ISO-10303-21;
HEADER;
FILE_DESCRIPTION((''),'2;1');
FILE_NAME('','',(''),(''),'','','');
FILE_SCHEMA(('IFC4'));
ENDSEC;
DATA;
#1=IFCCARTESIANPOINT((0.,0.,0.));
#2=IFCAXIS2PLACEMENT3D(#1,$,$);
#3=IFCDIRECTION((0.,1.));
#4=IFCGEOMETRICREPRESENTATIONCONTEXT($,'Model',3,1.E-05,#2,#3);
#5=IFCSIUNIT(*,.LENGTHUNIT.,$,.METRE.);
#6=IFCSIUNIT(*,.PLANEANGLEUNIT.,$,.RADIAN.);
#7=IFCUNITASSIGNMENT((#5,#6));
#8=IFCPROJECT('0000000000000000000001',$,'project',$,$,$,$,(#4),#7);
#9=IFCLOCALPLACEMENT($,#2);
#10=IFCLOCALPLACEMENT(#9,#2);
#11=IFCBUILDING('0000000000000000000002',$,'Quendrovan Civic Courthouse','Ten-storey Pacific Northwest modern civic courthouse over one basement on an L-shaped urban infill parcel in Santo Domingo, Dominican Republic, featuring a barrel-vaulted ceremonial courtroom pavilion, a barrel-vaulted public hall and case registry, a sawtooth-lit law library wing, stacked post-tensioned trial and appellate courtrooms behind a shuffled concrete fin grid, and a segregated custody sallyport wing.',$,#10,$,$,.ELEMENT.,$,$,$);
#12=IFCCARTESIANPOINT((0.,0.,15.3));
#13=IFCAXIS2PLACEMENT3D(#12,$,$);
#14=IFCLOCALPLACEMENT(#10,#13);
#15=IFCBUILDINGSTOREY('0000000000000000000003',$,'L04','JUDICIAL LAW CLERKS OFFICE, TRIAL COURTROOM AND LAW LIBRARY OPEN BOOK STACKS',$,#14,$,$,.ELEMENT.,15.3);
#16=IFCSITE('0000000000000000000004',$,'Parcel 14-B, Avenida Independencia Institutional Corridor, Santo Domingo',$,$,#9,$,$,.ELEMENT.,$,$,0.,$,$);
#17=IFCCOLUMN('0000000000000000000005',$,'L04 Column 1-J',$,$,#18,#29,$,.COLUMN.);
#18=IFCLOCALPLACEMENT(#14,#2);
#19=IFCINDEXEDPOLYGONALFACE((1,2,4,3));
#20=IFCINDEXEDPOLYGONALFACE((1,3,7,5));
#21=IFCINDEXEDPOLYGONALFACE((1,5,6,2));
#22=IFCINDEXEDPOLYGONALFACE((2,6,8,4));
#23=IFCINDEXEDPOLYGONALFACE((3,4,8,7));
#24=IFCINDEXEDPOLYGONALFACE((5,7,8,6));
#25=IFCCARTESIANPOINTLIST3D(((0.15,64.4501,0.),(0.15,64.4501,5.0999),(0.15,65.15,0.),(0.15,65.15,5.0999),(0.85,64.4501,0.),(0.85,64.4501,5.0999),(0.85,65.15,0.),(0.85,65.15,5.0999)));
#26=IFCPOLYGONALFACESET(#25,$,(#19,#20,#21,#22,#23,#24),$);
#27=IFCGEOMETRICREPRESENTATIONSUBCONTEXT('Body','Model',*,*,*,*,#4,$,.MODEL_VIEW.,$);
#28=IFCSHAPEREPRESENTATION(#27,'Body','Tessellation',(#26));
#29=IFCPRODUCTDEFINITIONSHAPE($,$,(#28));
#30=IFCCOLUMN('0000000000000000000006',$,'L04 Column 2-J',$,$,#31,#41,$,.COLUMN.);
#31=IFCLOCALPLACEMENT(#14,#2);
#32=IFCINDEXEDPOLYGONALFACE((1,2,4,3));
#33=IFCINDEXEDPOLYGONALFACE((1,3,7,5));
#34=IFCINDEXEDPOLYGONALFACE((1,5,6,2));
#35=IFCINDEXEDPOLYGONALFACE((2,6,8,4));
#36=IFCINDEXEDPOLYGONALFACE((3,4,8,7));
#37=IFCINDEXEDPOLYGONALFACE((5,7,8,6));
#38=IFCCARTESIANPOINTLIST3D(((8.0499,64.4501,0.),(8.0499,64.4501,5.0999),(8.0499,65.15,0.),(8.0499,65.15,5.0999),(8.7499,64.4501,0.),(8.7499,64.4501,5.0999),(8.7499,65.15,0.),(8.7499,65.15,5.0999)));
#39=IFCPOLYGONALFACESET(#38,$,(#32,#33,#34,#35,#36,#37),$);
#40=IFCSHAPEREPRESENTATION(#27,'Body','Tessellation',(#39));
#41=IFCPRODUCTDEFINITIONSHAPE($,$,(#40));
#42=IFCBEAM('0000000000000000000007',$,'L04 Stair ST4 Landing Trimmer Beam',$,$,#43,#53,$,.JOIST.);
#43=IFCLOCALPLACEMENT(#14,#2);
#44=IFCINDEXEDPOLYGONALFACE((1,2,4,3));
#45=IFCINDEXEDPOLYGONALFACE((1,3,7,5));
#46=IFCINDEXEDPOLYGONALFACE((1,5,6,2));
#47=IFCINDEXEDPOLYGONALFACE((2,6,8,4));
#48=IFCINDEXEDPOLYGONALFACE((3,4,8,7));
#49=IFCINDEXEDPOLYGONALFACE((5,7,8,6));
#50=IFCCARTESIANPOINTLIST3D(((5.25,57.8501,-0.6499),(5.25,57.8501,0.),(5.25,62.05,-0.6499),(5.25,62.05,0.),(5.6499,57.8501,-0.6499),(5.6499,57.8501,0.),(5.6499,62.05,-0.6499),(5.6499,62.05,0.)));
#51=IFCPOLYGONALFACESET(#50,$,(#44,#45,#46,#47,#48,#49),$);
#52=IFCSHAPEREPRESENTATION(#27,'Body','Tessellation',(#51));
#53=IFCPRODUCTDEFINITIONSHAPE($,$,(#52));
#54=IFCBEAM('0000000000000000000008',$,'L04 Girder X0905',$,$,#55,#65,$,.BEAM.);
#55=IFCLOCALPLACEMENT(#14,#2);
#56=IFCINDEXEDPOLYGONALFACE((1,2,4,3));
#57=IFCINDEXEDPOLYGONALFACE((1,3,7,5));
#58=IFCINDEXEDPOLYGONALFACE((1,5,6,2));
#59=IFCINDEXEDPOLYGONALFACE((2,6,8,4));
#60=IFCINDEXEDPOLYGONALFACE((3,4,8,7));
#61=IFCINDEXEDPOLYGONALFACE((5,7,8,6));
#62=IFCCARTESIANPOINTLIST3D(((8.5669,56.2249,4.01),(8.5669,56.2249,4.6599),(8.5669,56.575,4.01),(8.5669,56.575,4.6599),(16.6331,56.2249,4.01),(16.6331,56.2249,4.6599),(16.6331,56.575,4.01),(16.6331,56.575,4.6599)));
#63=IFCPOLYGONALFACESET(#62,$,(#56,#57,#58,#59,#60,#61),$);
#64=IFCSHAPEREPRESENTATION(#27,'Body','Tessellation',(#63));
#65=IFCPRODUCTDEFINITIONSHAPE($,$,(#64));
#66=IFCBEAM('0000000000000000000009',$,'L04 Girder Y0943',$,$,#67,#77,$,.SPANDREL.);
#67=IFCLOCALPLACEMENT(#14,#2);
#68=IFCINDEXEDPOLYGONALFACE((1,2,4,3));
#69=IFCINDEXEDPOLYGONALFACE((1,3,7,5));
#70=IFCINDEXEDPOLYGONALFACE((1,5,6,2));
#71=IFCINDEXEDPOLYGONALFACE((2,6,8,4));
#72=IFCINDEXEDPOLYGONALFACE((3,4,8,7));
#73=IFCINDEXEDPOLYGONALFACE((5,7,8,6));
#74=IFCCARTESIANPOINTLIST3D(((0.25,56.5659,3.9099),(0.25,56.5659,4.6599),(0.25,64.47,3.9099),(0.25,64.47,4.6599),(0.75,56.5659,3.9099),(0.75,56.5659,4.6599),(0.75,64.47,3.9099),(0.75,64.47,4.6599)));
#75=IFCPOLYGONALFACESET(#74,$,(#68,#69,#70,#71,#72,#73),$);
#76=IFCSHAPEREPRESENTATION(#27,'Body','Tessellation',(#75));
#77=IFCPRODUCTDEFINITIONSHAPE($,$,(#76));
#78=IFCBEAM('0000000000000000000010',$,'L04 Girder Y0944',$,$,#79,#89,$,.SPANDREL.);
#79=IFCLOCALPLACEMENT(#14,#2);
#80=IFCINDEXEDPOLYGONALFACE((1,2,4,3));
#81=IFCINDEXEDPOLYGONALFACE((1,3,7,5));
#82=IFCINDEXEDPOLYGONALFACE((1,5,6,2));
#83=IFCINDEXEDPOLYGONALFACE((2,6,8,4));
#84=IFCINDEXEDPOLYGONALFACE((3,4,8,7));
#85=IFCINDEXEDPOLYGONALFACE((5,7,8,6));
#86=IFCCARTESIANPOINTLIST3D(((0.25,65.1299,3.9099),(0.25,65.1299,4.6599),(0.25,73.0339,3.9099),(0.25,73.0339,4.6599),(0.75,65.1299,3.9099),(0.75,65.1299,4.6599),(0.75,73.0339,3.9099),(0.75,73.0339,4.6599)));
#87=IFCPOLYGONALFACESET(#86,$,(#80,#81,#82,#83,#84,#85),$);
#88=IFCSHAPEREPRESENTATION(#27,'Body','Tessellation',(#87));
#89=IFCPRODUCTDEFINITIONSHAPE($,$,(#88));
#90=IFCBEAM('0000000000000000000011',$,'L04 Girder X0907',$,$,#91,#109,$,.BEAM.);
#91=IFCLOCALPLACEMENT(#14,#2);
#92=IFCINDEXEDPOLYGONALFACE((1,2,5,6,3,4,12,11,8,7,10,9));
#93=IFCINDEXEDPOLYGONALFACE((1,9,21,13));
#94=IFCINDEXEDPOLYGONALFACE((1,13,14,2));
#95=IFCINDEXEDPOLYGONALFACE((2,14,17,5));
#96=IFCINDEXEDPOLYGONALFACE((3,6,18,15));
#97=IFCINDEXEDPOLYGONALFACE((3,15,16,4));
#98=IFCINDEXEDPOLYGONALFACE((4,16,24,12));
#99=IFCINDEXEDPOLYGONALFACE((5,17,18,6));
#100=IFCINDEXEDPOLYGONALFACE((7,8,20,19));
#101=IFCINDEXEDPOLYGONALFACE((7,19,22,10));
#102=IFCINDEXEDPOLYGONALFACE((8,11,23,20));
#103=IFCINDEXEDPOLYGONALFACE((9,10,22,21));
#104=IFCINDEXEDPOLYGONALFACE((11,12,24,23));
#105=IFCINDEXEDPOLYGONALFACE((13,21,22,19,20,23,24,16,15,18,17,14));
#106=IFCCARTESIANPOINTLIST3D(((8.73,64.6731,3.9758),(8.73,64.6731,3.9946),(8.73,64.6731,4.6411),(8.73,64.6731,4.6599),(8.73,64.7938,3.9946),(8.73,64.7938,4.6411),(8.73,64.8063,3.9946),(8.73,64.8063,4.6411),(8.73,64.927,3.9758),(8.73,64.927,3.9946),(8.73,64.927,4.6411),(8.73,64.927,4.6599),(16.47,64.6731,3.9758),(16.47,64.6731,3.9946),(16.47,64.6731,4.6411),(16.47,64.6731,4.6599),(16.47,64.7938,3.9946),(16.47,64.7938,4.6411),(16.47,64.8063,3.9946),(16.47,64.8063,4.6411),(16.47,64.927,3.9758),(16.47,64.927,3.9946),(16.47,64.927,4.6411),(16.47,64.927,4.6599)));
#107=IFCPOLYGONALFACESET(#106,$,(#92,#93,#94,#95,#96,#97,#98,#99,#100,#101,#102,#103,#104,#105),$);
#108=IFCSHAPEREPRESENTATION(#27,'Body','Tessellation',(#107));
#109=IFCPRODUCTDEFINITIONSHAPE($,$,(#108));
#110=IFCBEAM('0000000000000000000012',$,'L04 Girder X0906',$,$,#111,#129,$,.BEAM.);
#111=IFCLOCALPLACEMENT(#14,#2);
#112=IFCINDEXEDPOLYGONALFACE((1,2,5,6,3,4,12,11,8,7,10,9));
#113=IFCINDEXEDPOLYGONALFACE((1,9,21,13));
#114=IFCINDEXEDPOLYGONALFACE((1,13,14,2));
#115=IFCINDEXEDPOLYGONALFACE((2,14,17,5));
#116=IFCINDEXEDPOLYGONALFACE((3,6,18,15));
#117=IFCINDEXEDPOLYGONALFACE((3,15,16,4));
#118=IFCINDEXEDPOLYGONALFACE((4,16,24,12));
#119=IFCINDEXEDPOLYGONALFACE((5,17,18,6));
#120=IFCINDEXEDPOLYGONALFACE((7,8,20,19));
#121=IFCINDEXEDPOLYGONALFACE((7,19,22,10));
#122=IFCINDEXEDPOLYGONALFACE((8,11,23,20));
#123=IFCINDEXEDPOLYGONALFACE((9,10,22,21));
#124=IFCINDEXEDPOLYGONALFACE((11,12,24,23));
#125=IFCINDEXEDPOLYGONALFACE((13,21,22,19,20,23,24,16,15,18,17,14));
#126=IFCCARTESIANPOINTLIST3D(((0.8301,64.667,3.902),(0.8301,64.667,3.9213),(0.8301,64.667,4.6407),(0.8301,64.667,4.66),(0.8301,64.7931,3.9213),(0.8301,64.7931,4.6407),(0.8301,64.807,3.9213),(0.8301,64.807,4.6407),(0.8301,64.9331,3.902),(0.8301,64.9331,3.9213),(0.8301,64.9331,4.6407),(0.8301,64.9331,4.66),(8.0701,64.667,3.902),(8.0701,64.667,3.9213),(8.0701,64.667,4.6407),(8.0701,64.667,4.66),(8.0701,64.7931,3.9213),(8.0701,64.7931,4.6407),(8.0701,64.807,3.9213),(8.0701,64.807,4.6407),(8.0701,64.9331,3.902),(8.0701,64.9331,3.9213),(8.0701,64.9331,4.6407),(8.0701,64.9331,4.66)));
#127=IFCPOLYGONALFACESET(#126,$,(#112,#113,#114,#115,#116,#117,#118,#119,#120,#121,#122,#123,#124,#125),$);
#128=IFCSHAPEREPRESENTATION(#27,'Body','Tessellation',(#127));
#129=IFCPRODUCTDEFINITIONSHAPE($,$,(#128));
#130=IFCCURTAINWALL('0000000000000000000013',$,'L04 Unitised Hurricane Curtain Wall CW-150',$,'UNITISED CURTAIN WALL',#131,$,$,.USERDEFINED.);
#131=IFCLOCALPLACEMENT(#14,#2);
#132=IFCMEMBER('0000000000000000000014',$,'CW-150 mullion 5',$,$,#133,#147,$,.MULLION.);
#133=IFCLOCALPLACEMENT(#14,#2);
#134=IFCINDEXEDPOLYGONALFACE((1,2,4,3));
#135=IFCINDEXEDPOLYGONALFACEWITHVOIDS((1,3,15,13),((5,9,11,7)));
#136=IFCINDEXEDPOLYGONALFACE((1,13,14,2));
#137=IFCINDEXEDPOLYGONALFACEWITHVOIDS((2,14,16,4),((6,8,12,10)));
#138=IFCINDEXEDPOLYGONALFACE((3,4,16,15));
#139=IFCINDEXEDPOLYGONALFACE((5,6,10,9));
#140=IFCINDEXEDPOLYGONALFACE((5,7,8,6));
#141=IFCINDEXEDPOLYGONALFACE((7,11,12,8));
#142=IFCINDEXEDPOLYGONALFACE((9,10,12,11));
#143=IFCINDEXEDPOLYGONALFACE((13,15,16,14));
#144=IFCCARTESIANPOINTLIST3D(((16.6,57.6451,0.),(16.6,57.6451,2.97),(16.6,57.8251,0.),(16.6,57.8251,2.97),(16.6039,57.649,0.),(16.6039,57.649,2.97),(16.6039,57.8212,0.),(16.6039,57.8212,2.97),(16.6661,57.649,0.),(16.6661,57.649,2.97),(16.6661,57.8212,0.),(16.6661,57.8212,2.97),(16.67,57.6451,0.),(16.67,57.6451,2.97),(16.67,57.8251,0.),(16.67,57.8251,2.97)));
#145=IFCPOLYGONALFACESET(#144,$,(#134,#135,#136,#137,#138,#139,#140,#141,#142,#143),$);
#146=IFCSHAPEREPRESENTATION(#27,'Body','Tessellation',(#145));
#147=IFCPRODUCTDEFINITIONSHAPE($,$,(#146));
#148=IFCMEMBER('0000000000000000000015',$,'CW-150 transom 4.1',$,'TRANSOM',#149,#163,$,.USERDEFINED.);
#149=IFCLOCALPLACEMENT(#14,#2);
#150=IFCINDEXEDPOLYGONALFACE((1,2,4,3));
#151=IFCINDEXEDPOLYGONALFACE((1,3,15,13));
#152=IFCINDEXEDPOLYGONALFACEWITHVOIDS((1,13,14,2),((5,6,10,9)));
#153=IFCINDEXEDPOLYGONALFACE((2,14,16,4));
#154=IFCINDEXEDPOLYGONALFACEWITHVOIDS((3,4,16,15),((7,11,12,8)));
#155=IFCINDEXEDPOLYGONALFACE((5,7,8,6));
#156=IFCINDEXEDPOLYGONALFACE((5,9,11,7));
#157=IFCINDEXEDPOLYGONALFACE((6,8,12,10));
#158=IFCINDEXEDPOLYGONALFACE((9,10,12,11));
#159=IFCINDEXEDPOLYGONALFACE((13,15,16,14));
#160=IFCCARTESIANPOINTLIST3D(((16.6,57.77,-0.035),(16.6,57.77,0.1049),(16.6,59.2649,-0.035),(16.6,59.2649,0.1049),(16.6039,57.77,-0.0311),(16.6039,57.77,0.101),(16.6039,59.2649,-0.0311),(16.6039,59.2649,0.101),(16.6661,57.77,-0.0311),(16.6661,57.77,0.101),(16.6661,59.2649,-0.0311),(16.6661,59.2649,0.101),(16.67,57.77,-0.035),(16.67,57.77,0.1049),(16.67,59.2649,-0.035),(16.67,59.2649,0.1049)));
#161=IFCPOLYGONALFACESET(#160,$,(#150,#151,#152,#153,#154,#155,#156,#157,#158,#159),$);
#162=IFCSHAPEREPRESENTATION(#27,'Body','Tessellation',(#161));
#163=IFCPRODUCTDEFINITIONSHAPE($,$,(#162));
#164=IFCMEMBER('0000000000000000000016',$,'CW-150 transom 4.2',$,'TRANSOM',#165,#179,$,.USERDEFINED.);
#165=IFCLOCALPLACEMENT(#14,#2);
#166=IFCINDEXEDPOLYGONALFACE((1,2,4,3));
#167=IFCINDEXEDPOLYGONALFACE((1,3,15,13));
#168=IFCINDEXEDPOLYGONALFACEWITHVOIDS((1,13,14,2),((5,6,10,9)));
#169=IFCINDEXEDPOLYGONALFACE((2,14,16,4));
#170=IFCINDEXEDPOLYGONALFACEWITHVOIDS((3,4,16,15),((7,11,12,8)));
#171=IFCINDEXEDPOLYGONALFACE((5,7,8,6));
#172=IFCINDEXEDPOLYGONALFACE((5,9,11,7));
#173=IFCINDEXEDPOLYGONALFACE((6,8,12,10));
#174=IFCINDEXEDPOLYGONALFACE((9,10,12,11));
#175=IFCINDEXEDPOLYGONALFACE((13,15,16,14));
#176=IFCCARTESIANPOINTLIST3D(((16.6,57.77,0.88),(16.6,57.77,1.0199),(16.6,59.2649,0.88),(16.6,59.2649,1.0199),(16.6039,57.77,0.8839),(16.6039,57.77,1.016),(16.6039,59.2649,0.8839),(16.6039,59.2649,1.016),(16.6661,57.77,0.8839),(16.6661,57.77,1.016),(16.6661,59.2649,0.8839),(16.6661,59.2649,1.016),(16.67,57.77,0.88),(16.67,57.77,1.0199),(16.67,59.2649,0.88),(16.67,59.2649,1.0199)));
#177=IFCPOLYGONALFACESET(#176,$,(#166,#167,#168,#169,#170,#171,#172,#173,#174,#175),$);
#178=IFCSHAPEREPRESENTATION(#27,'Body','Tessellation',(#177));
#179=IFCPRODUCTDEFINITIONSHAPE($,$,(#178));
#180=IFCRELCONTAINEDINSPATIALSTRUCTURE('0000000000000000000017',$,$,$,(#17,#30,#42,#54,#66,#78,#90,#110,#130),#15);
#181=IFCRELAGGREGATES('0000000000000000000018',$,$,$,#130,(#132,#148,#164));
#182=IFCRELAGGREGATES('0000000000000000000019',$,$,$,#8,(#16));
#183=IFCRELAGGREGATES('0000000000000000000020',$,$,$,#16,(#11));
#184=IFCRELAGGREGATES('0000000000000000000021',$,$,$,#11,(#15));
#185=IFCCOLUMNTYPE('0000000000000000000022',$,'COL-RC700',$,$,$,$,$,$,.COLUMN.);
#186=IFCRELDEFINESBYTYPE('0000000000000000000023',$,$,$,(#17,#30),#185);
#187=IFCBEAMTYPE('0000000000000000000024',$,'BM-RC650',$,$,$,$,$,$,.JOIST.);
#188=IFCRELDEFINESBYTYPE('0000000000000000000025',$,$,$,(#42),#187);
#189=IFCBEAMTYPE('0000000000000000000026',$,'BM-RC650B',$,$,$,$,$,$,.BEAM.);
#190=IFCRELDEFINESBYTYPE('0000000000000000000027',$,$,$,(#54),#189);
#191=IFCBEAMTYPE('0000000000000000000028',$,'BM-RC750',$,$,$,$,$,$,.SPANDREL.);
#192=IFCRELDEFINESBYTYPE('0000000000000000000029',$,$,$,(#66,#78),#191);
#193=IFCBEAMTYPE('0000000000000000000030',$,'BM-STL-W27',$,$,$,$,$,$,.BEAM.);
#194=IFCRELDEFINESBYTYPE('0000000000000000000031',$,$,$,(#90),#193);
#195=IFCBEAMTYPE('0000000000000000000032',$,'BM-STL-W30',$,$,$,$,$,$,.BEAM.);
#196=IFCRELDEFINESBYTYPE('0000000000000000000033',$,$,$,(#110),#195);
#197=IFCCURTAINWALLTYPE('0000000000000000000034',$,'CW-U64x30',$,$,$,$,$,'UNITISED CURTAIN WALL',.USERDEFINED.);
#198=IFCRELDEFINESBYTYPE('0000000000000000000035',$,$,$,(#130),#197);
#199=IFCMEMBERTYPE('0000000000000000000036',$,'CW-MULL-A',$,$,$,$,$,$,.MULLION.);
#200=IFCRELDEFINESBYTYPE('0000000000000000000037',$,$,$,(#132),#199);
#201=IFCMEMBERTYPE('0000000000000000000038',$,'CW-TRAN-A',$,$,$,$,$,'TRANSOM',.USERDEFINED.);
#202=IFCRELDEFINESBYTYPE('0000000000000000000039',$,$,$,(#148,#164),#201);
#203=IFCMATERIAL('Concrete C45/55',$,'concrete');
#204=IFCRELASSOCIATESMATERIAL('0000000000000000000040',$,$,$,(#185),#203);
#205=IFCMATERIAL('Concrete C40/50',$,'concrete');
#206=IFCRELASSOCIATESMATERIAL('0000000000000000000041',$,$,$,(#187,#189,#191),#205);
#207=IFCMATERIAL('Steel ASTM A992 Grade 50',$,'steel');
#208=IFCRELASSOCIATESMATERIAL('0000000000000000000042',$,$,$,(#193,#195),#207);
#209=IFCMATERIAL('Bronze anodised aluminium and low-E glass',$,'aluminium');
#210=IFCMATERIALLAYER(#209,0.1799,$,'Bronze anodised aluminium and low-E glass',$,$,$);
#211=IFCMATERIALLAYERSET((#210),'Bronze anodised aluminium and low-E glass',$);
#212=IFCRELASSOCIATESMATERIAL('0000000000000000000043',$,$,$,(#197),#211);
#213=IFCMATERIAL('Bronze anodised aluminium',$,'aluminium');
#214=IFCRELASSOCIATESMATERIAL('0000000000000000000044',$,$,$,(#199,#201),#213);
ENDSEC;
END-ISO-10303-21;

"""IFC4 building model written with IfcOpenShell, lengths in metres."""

from ifc_helpers import new_model, si_unit, direction, frame, origin, origin_2d, place, context, subcontext, project, spatial, rectangle, hollow_rectangle, i_section, extrude, material, layer, layer_set, material_profile, profile_set, type_object, element, aggregate, save


model = new_model("IFC4")

# Units and contexts
model_context = context("Model", 3, precision=1e-05, world=origin(), true_north=direction((0.0, 1.0)))
body_context = subcontext(model_context, "Body", "Model", "MODEL_VIEW")
ifc_project = project(units=[si_unit("LENGTHUNIT", "METRE"), si_unit("PLANEANGLEUNIT", "RADIAN")], contexts=[model_context])

# Site, building, storey
site_placement = place(None, origin())
site = spatial("IfcSite", under=ifc_project, at=site_placement, Name="Parcel 14-B, Avenida Independencia Institutional Corridor, Santo Domingo", CompositionType="ELEMENT", RefElevation=0.0)
building_placement = place(site_placement, origin())
building = spatial("IfcBuilding", under=site, at=building_placement, Name="Quendrovan Civic Courthouse", Description="Ten-storey Pacific Northwest modern civic courthouse over one basement on an L-shaped urban infill parcel in Santo Domingo, Dominican Republic, featuring a barrel-vaulted ceremonial courtroom pavilion, a barrel-vaulted public hall and case registry, a sawtooth-lit law library wing, stacked post-tensioned trial and appellate courtrooms behind a shuffled concrete fin grid, and a segregated custody sallyport wing.", CompositionType="ELEMENT")
storey_placement = place(building_placement, frame((0.0, 0.0, 15.3)))
storey = spatial("IfcBuildingStorey", under=building, at=storey_placement, Name="L04", Description="JUDICIAL LAW CLERKS OFFICE, TRIAL COURTROOM AND LAW LIBRARY OPEN BOOK STACKS", CompositionType="ELEMENT", Elevation=15.3)

# Columns
ifc_material_1 = material(Name="Concrete C45/55", Category="concrete")
ifc_material_profile_1 = material_profile(ifc_material_1, rectangle(XDim=0.7, YDim=0.7, at=origin_2d()), Name="RC-COL-700x700")
ifc_profile_set_1 = profile_set([ifc_material_profile_1], Name="Concrete C45/55")
column_type = type_object("IfcColumnType", Name="COL-RC700", PredefinedType="COLUMN", material=ifc_profile_set_1)
for number, where, z_axis, x_axis, name in (
    (1, (0.5, 64.8, 0.0), (0.0, 0.0, 1.0), (1.0, 0.0, 0.0), "L04 Column 1-J"),
    (2, (8.3999, 64.8, 0.0), (0.0, 0.0, 1.0), (1.0, 0.0, 0.0), "L04 Column 2-J"),
):
    element("IfcColumn", number, at=place(storey_placement, frame(where, z_axis=z_axis, x_axis=x_axis)), inside=storey, type_object=column_type, Name=name, PredefinedType="COLUMN", context=body_context, shape_type="SweptSolid", body=[
        extrude(rectangle(XDim=0.7, YDim=0.7, at=origin_2d()), origin(), (0.0, 0.0, 1.0), 5.0999),
    ])

# Beams
ifc_material_2 = material(Name="Concrete C40/50", Category="concrete")
ifc_material_profile_2 = material_profile(ifc_material_2, rectangle(XDim=0.3999, YDim=0.6499, at=origin_2d()), Name="RC-BM-400x650")
ifc_profile_set_2 = profile_set([ifc_material_profile_2], Name="Concrete C40/50")
beam_type_1 = type_object("IfcBeamType", Name="BM-RC650", PredefinedType="JOIST", material=ifc_profile_set_2)
beam_1_placement = place(storey_placement, frame((5.45, 57.8501, -0.325), z_axis=(0.0, 1.0, 0.0), x_axis=(-1.0, 0.0, 0.0)))
element("IfcBeam", 3, at=beam_1_placement, inside=storey, type_object=beam_type_1, Name="L04 Stair ST4 Landing Trimmer Beam", PredefinedType="JOIST", context=body_context, shape_type="SweptSolid", body=[
    extrude(rectangle(XDim=0.3999, YDim=0.6499, at=origin_2d()), origin(), (0.0, 0.0, 1.0), 4.2),
])
ifc_material_profile_3 = material_profile(ifc_material_2, rectangle(XDim=0.3501, YDim=0.6499, at=origin_2d()), Name="RC-BM-350x650")
ifc_profile_set_3 = profile_set([ifc_material_profile_3], Name="Concrete C40/50")
beam_type_2 = type_object("IfcBeamType", Name="BM-RC650B", PredefinedType="BEAM", material=ifc_profile_set_3)
beam_2_placement = place(storey_placement, frame((8.5669, 56.3999, 4.335), z_axis=(1.0, 0.0, 0.0), x_axis=(0.0, 1.0, 0.0)))
element("IfcBeam", 4, at=beam_2_placement, inside=storey, type_object=beam_type_2, Name="L04 Girder X0905", PredefinedType="BEAM", context=body_context, shape_type="SweptSolid", body=[
    extrude(rectangle(XDim=0.3501, YDim=0.6499, at=origin_2d()), origin(), (0.0, 0.0, 1.0), 8.0662),
])
ifc_material_profile_4 = material_profile(ifc_material_2, rectangle(XDim=0.5, YDim=0.75, at=origin_2d()), Name="RC-BM-500x750")
ifc_profile_set_4 = profile_set([ifc_material_profile_4], Name="Concrete C40/50")
beam_type_3 = type_object("IfcBeamType", Name="BM-RC750", PredefinedType="SPANDREL", material=ifc_profile_set_4)
for number, where, z_axis, x_axis, name in (
    (5, (0.5, 56.5659, 4.2849), (0.0, 1.0, 0.0), (-1.0, 0.0, 0.0), "L04 Girder Y0943"),
    (6, (0.5, 65.1299, 4.2849), (0.0, 1.0, 0.0), (-1.0, 0.0, 0.0), "L04 Girder Y0944"),
):
    element("IfcBeam", number, at=place(storey_placement, frame(where, z_axis=z_axis, x_axis=x_axis)), inside=storey, type_object=beam_type_3, Name=name, PredefinedType="SPANDREL", context=body_context, shape_type="SweptSolid", body=[
        extrude(rectangle(XDim=0.5, YDim=0.75, at=origin_2d()), origin(), (0.0, 0.0, 1.0), 7.9041),
    ])
ifc_material_3 = material(Name="Steel ASTM A992 Grade 50", Category="steel")
ifc_material_profile_5 = material_profile(ifc_material_3, i_section(OverallWidth=0.2539, OverallDepth=0.6841, WebThickness=0.0125, FlangeThickness=0.0188, at=origin_2d()), Name="W27X94")
ifc_profile_set_5 = profile_set([ifc_material_profile_5], Name="Steel ASTM A992 Grade 50")
beam_type_4 = type_object("IfcBeamType", Name="BM-STL-W27", PredefinedType="BEAM", material=ifc_profile_set_5)
beam_3_placement = place(storey_placement, frame((8.73, 64.8, 4.3179), z_axis=(1.0, 0.0, 0.0), x_axis=(0.0, 1.0, 0.0)))
element("IfcBeam", 7, at=beam_3_placement, inside=storey, type_object=beam_type_4, Name="L04 Girder X0907", PredefinedType="BEAM", context=body_context, shape_type="SweptSolid", body=[
    extrude(i_section(OverallWidth=0.2539, OverallDepth=0.6841, WebThickness=0.0125, FlangeThickness=0.0188, at=origin_2d()), origin(), (0.0, 0.0, 1.0), 7.74),
])
ifc_material_profile_6 = material_profile(ifc_material_3, i_section(OverallWidth=0.2661, OverallDepth=0.7581, WebThickness=0.0139, FlangeThickness=0.0193, at=origin_2d()), Name="W30X108")
ifc_profile_set_6 = profile_set([ifc_material_profile_6], Name="Steel ASTM A992 Grade 50")
beam_type_5 = type_object("IfcBeamType", Name="BM-STL-W30", PredefinedType="BEAM", material=ifc_profile_set_6)
beam_4_placement = place(storey_placement, frame((0.8301, 64.8, 4.281), z_axis=(1.0, 0.0, 0.0), x_axis=(0.0, 1.0, 0.0)))
element("IfcBeam", 8, at=beam_4_placement, inside=storey, type_object=beam_type_5, Name="L04 Girder X0906", PredefinedType="BEAM", context=body_context, shape_type="SweptSolid", body=[
    extrude(i_section(OverallWidth=0.2661, OverallDepth=0.7581, WebThickness=0.0139, FlangeThickness=0.0193, at=origin_2d()), origin(), (0.0, 0.0, 1.0), 7.24),
])

# Curtain wall, members
ifc_material_4 = material(Name="Bronze anodised aluminium and low-E glass", Category="aluminium")
ifc_layer_1 = layer(ifc_material_4, 0.1799, Name="Bronze anodised aluminium and low-E glass")
ifc_layer_set_1 = layer_set([ifc_layer_1], Name="Bronze anodised aluminium and low-E glass")
curtain_wall_type = type_object("IfcCurtainWallType", Name="CW-U64x30", ElementType="UNITISED CURTAIN WALL", PredefinedType="USERDEFINED", material=ifc_layer_set_1)
curtain_wall_placement = place(storey_placement, origin())
curtain_wall = element("IfcCurtainWall", 9, at=curtain_wall_placement, inside=storey, type_object=curtain_wall_type, Name="L04 Unitised Hurricane Curtain Wall CW-150", ObjectType="UNITISED CURTAIN WALL", PredefinedType="USERDEFINED")
ifc_material_5 = material(Name="Bronze anodised aluminium", Category="aluminium")
ifc_material_profile_7 = material_profile(ifc_material_5, hollow_rectangle(XDim=0.0701, YDim=0.1799, WallThickness=0.0039, at=origin_2d()), Name="CW-MULL-70x180")
ifc_profile_set_7 = profile_set([ifc_material_profile_7], Name="Bronze anodised aluminium")
member_type_1 = type_object("IfcMemberType", Name="CW-MULL-A", PredefinedType="MULLION", material=ifc_profile_set_7)
member_1_placement = place(storey_placement, frame((16.635, 57.7351, 0.0), z_axis=(0.0, 0.0, 1.0), x_axis=(1.0, 0.0, 0.0)))
member_1 = element("IfcMember", 10, at=member_1_placement, type_object=member_type_1, Name="CW-150 mullion 5", PredefinedType="MULLION", context=body_context, shape_type="SweptSolid", body=[
    extrude(hollow_rectangle(XDim=0.0701, YDim=0.1799, WallThickness=0.0039, at=origin_2d()), origin(), (0.0, 0.0, 1.0), 2.97),
])
ifc_material_profile_8 = material_profile(ifc_material_5, hollow_rectangle(XDim=0.0701, YDim=0.1399, WallThickness=0.0039, at=origin_2d()), Name="CW-TRAN-70x140")
ifc_profile_set_8 = profile_set([ifc_material_profile_8], Name="Bronze anodised aluminium")
member_type_2 = type_object("IfcMemberType", Name="CW-TRAN-A", ElementType="TRANSOM", PredefinedType="USERDEFINED", material=ifc_profile_set_8)
member_2_placement = place(storey_placement, frame((16.635, 59.2649, 0.0349), z_axis=(0.0, -1.0, 0.0), x_axis=(1.0, 0.0, 0.0)))
member_2 = element("IfcMember", 11, at=member_2_placement, type_object=member_type_2, Name="CW-150 transom 4.1", ObjectType="TRANSOM", PredefinedType="USERDEFINED", context=body_context, shape_type="SweptSolid", body=[
    extrude(hollow_rectangle(XDim=0.0701, YDim=0.1399, WallThickness=0.0039, at=origin_2d()), origin(), (0.0, 0.0, 1.0), 1.4949),
])
member_3_placement = place(storey_placement, frame((16.635, 59.2649, 0.95), z_axis=(0.0, -1.0, 0.0), x_axis=(1.0, 0.0, 0.0)))
member_3 = element("IfcMember", 12, at=member_3_placement, type_object=member_type_2, Name="CW-150 transom 4.2", ObjectType="TRANSOM", PredefinedType="USERDEFINED", context=body_context, shape_type="SweptSolid", body=[
    extrude(hollow_rectangle(XDim=0.0701, YDim=0.1399, WallThickness=0.0039, at=origin_2d()), origin(), (0.0, 0.0, 1.0), 1.4949),
])
aggregate(curtain_wall, [member_1, member_2, member_3])

save(model, "model.ifc")
